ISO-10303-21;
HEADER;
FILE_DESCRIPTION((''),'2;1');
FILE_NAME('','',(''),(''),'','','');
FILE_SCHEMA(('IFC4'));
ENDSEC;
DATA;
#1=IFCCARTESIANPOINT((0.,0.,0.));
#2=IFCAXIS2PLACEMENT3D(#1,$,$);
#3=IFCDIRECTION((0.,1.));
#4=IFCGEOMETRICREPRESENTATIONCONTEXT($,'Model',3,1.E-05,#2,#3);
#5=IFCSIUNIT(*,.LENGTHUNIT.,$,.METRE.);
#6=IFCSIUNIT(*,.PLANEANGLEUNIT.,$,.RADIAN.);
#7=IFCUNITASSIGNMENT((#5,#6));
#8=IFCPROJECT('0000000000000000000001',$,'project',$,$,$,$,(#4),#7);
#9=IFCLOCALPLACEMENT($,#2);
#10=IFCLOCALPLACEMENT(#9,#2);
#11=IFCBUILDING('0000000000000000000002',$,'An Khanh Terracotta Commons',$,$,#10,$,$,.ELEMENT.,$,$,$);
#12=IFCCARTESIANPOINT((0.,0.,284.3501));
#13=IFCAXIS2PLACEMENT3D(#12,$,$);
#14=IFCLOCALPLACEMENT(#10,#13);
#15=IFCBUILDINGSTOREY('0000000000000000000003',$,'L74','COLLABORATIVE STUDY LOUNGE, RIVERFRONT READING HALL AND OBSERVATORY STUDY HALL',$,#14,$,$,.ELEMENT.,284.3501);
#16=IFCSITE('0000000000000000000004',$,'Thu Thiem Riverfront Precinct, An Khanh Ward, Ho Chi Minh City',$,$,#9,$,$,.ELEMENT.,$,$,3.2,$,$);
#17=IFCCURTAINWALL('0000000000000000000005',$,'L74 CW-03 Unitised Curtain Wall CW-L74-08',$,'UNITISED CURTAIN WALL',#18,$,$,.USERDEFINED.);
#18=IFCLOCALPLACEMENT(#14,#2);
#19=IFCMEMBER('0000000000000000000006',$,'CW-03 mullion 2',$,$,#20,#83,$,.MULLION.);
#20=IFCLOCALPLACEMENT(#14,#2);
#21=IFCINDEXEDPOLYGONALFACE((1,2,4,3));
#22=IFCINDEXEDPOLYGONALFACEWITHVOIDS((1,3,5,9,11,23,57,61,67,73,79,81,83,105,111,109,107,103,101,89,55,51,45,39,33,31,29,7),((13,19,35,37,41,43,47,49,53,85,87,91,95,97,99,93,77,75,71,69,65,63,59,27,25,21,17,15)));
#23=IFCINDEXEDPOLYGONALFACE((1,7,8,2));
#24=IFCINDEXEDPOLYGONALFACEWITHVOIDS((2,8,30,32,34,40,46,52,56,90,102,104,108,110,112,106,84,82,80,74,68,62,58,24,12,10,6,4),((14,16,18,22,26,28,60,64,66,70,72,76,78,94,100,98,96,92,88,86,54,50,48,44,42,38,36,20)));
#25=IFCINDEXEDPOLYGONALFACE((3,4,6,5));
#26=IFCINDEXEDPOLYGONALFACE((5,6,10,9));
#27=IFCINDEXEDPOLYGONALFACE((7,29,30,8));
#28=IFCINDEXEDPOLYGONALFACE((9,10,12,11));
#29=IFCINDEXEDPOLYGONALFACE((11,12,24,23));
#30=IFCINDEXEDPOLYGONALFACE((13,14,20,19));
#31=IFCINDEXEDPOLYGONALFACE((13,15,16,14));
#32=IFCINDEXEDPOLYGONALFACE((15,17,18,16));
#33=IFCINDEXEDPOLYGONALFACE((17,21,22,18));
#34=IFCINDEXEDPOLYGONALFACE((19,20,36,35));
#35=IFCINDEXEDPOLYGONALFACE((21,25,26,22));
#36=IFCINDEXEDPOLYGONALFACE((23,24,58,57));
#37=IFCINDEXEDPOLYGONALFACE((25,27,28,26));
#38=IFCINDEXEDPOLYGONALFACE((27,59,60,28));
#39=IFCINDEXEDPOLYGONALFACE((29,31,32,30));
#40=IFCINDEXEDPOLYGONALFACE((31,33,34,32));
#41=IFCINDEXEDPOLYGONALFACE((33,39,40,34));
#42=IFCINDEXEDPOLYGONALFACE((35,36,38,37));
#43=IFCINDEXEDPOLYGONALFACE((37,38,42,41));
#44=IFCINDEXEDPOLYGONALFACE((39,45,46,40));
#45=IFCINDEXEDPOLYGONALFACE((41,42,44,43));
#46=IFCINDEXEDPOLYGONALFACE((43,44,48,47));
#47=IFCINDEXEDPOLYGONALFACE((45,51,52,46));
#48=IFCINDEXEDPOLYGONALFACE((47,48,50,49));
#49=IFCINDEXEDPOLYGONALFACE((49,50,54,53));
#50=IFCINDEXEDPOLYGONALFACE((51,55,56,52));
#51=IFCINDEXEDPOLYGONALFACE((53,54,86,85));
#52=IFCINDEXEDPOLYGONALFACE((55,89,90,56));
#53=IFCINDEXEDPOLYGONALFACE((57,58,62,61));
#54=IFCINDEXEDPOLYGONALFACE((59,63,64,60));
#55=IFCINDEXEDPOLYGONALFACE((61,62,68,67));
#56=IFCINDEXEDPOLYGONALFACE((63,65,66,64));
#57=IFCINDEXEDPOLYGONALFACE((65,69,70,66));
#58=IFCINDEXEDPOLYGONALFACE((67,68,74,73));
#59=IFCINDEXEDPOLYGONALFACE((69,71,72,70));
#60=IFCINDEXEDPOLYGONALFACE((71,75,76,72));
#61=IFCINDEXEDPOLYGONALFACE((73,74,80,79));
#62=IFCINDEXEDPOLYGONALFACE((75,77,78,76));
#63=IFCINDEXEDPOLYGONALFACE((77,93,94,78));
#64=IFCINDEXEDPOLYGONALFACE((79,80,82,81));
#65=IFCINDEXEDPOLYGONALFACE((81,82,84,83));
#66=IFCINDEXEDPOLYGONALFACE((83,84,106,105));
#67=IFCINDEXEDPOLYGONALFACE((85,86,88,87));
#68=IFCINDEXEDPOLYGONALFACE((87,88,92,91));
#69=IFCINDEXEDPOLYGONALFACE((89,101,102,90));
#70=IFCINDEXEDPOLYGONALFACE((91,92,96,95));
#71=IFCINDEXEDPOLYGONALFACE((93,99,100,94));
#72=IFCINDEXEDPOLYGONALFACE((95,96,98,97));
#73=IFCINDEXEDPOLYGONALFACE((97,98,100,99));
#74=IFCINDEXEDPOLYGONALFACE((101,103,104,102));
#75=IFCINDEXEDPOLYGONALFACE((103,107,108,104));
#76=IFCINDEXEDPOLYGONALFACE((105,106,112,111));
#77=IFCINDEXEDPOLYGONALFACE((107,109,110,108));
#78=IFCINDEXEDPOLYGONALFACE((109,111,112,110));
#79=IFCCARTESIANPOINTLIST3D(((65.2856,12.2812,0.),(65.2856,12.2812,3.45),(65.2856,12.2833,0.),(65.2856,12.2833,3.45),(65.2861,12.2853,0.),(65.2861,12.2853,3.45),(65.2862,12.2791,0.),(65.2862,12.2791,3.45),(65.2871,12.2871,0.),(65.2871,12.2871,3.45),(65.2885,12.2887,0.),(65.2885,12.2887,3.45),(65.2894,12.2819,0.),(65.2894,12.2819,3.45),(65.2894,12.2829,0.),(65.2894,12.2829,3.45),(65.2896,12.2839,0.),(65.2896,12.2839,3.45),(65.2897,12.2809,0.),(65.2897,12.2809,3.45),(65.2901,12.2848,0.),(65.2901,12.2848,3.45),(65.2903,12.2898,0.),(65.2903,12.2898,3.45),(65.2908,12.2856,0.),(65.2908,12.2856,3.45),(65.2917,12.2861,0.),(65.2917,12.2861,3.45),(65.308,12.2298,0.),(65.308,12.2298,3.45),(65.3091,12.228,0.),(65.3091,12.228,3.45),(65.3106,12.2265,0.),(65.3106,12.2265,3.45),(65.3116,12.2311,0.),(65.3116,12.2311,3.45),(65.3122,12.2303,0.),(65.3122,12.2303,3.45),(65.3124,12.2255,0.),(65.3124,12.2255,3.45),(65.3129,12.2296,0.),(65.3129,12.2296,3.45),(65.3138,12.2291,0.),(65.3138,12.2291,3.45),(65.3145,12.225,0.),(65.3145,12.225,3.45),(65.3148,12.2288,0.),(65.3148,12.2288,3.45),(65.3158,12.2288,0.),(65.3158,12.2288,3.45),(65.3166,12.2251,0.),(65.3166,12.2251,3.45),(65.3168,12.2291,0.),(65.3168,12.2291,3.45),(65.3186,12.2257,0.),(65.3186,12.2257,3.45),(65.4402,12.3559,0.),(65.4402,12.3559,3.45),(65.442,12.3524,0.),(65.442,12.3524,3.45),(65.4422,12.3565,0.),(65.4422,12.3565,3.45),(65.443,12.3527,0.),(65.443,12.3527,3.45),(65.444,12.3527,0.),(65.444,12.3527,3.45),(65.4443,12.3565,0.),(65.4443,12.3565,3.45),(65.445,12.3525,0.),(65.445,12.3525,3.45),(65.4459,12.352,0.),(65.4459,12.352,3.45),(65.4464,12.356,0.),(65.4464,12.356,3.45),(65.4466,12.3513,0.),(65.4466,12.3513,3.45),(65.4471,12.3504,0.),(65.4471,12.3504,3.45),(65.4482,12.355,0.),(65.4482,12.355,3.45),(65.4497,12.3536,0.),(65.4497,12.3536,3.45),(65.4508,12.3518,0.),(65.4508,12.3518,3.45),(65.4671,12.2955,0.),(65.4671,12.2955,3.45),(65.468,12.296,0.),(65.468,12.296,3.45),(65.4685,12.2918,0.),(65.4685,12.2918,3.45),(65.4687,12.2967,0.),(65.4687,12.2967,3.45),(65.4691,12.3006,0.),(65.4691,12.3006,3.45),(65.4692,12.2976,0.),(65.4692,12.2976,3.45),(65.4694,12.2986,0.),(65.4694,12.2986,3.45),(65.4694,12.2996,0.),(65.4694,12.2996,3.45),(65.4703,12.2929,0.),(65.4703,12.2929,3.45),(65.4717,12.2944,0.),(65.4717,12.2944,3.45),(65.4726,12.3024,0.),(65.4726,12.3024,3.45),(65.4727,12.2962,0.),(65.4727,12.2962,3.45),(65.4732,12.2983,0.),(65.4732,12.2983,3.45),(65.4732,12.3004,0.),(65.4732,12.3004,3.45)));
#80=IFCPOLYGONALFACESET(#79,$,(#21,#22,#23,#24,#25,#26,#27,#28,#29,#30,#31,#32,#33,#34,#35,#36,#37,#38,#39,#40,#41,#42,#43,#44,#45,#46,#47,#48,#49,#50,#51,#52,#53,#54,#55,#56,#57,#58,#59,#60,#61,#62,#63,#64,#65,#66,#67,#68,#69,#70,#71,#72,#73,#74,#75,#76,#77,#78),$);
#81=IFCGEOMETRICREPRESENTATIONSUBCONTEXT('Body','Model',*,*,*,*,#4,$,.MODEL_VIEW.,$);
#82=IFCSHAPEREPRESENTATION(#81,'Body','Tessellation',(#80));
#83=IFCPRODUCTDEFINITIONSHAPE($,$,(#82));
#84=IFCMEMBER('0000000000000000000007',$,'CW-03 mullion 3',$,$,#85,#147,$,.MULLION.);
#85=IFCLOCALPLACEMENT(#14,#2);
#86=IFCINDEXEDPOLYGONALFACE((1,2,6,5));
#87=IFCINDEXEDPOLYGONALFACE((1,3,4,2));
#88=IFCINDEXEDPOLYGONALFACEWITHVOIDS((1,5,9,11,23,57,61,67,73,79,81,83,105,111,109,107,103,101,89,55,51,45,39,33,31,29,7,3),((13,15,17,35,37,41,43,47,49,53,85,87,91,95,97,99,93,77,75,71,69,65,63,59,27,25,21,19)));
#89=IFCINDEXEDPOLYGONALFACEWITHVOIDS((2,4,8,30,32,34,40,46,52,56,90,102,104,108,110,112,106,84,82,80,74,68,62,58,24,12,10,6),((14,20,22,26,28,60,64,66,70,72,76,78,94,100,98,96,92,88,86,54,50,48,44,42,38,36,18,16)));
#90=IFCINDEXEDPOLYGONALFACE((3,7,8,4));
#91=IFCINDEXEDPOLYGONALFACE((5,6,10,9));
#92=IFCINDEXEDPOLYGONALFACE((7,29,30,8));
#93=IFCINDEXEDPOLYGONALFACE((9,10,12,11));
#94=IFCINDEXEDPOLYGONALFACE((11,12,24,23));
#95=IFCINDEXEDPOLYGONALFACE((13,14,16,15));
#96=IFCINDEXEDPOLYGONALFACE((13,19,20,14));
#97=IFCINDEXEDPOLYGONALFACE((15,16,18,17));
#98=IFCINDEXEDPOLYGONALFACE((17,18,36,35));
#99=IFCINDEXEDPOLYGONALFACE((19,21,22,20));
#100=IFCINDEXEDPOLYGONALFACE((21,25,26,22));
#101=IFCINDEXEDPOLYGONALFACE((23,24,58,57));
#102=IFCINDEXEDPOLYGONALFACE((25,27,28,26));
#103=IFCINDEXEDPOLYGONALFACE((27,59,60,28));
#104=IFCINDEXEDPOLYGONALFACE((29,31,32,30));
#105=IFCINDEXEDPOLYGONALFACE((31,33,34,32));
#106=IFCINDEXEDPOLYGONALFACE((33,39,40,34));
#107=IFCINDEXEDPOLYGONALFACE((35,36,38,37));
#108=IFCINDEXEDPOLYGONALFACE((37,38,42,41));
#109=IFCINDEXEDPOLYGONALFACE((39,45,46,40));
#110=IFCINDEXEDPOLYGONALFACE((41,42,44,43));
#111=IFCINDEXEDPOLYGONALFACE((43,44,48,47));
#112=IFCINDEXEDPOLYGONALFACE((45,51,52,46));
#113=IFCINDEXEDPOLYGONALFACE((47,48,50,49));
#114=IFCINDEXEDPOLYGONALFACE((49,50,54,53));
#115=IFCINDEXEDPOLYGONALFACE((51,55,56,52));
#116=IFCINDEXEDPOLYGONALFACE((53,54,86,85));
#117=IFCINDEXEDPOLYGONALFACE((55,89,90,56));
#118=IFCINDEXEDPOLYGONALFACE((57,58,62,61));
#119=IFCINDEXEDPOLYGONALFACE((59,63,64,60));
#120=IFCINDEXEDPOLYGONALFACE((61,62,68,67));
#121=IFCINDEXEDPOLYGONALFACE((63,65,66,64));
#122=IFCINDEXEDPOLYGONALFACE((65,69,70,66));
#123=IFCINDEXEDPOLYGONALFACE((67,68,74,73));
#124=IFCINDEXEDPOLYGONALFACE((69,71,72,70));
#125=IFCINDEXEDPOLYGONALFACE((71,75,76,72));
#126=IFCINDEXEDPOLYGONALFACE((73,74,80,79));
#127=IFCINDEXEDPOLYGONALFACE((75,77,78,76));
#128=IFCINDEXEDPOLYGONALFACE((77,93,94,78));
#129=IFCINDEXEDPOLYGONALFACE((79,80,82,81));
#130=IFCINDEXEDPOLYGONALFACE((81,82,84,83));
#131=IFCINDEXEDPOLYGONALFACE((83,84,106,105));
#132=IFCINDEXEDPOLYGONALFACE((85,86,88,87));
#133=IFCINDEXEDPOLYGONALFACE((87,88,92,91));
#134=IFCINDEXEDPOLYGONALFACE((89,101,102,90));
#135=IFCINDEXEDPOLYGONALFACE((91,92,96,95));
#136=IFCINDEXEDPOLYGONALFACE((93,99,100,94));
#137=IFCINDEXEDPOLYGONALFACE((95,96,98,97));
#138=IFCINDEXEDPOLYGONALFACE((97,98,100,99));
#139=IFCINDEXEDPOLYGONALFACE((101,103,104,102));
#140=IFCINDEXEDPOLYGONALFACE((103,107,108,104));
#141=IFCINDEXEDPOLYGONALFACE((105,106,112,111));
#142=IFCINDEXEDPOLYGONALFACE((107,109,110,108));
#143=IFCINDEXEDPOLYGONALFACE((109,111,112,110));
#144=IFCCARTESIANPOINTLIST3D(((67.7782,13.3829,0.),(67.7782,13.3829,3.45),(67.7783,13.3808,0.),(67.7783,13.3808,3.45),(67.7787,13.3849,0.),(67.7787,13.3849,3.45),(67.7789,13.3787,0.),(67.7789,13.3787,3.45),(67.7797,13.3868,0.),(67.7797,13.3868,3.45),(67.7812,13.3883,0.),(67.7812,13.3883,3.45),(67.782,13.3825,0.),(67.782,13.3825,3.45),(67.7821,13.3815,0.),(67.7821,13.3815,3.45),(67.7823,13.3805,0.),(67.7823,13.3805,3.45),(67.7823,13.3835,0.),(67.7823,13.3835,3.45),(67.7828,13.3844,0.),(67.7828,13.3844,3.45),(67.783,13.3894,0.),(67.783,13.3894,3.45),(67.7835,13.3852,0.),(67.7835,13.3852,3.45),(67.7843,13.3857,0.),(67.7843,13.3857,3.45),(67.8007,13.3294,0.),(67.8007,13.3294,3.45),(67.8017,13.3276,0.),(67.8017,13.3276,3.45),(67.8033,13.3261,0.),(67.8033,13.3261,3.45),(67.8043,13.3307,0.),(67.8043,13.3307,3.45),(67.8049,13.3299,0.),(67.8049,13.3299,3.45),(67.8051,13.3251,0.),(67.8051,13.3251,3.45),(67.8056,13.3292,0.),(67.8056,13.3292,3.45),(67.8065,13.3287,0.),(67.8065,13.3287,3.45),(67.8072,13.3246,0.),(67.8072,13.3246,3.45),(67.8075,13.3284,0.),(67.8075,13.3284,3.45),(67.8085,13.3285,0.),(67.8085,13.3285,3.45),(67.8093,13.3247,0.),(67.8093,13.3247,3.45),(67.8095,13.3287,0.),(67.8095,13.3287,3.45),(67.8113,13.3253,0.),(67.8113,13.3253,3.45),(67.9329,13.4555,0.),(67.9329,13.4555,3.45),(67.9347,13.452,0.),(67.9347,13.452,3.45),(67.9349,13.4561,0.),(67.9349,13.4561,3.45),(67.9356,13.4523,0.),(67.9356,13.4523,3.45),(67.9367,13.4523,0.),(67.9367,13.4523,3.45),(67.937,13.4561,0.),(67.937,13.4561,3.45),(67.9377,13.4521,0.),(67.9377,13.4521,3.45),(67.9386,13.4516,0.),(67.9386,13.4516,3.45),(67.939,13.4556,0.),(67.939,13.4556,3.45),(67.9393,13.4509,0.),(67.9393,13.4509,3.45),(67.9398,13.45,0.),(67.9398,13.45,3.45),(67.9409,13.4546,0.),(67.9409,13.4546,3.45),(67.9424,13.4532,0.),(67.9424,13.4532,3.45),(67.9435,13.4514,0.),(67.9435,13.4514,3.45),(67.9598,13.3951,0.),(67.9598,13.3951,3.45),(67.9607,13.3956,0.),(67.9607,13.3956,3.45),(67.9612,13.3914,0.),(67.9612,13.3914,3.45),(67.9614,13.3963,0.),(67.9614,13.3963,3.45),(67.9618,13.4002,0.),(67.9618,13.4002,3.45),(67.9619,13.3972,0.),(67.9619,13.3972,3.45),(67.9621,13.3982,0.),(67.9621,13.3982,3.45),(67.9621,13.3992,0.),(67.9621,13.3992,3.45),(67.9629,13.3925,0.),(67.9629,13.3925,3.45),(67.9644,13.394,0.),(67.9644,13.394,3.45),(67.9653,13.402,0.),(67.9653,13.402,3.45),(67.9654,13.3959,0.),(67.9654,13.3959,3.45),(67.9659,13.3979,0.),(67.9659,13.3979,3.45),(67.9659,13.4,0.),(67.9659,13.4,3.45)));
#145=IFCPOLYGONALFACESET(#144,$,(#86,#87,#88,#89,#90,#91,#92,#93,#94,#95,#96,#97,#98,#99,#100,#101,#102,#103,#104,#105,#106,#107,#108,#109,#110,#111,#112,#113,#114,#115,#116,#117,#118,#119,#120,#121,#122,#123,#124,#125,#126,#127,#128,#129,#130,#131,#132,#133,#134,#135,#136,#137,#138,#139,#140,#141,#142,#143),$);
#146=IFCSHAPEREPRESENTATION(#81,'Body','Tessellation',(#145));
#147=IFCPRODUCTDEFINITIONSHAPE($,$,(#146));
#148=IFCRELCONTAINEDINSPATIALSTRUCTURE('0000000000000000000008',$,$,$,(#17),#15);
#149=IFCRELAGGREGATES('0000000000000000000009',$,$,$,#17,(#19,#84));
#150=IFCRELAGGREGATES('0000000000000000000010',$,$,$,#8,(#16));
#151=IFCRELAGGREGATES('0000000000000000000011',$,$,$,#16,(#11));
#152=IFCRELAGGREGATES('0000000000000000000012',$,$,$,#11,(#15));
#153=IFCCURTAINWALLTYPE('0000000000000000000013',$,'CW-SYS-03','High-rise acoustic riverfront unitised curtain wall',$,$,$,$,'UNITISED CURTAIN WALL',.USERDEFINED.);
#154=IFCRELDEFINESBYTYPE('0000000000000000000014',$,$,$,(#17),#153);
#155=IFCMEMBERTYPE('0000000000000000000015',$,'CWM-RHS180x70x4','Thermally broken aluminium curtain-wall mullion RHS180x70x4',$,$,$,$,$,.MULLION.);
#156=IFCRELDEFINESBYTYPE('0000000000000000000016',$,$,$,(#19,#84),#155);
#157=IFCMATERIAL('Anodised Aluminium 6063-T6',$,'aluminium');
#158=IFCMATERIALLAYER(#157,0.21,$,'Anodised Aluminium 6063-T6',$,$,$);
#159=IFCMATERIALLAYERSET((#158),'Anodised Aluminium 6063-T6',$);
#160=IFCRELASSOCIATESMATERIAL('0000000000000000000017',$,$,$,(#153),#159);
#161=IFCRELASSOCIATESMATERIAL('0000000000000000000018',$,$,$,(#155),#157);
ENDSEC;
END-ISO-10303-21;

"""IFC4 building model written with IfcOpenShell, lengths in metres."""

from ifc_helpers import new_model, si_unit, direction, frame, origin, origin_2d, place, context, subcontext, project, spatial, hollow_rectangle, extrude, material, layer, layer_set, material_profile, profile_set, type_object, element, aggregate, save


model = new_model("IFC4")

# Units and contexts
model_context = context("Model", 3, precision=1e-05, world=origin(), true_north=direction((0.0, 1.0)))
body_context = subcontext(model_context, "Body", "Model", "MODEL_VIEW")
ifc_project = project(units=[si_unit("LENGTHUNIT", "METRE"), si_unit("PLANEANGLEUNIT", "RADIAN")], contexts=[model_context])

# Site, building, storey
site_placement = place(None, origin())
site = spatial("IfcSite", under=ifc_project, at=site_placement, Name="Thu Thiem Riverfront Precinct, An Khanh Ward, Ho Chi Minh City", CompositionType="ELEMENT", RefElevation=3.2)
building_placement = place(site_placement, origin())
building = spatial("IfcBuilding", under=site, at=building_placement, Name="An Khanh Terracotta Commons", CompositionType="ELEMENT")
storey_placement = place(building_placement, frame((0.0, 0.0, 284.3501)))
storey = spatial("IfcBuildingStorey", under=building, at=storey_placement, Name="L74", Description="COLLABORATIVE STUDY LOUNGE, RIVERFRONT READING HALL AND OBSERVATORY STUDY HALL", CompositionType="ELEMENT", Elevation=284.3501)

# Curtain wall, members
ifc_material_1 = material(Name="Anodised Aluminium 6063-T6", Category="aluminium")
ifc_layer_1 = layer(ifc_material_1, 0.21, Name="Anodised Aluminium 6063-T6")
ifc_layer_set_1 = layer_set([ifc_layer_1], Name="Anodised Aluminium 6063-T6")
curtain_wall_type = type_object("IfcCurtainWallType", Name="CW-SYS-03", Description="High-rise acoustic riverfront unitised curtain wall", ElementType="UNITISED CURTAIN WALL", PredefinedType="USERDEFINED", material=ifc_layer_set_1)
curtain_wall_1_placement = place(storey_placement, origin())
curtain_wall_1 = element("IfcCurtainWall", 1, at=curtain_wall_1_placement, inside=storey, type_object=curtain_wall_type, Name="L74 CW-03 Unitised Curtain Wall CW-L74-08", ObjectType="UNITISED CURTAIN WALL", PredefinedType="USERDEFINED")
ifc_material_profile_1 = material_profile(ifc_material_1, hollow_rectangle(XDim=0.0701, YDim=0.1799, WallThickness=0.0039, InnerFilletRadius=0.0039, OuterFilletRadius=0.0081, at=origin_2d()), Name="RHS180x70x4")
ifc_profile_set_1 = profile_set([ifc_material_profile_1], Name="Anodised Aluminium 6063-T6")
member_type_1 = type_object("IfcMemberType", Name="CWM-RHS180x70x4", Description="Thermally broken aluminium curtain-wall mullion RHS180x70x4", PredefinedType="MULLION", material=ifc_profile_set_1)
member_1_placement = place(storey_placement, frame((65.3794, 12.2908, 0.0), z_axis=(0.0, 0.0, 1.0), x_axis=(-0.403676, 0.914902, 0.0)))
member_1 = element("IfcMember", 2, at=member_1_placement, type_object=member_type_1, Name="CW-03 mullion 2", PredefinedType="MULLION", context=body_context, shape_type="SweptSolid", body=[
    extrude(hollow_rectangle(XDim=0.0701, YDim=0.1799, WallThickness=0.0039, InnerFilletRadius=0.0039, OuterFilletRadius=0.0081, at=origin_2d()), origin(), (0.0, 0.0, 1.0), 3.45),
])
member_2_placement = place(storey_placement, frame((67.8721, 13.3904, 0.0), z_axis=(0.0, 0.0, 1.0), x_axis=(-0.403676, 0.914902, 0.0)))
member_2 = element("IfcMember", 3, at=member_2_placement, type_object=member_type_1, Name="CW-03 mullion 3", PredefinedType="MULLION", context=body_context, shape_type="SweptSolid", body=[
    extrude(hollow_rectangle(XDim=0.0701, YDim=0.1799, WallThickness=0.0039, InnerFilletRadius=0.0039, OuterFilletRadius=0.0081, at=origin_2d()), origin(), (0.0, 0.0, 1.0), 3.45),
])

aggregate(curtain_wall_1, [member_1, member_2])

save(model, "model.ifc")
